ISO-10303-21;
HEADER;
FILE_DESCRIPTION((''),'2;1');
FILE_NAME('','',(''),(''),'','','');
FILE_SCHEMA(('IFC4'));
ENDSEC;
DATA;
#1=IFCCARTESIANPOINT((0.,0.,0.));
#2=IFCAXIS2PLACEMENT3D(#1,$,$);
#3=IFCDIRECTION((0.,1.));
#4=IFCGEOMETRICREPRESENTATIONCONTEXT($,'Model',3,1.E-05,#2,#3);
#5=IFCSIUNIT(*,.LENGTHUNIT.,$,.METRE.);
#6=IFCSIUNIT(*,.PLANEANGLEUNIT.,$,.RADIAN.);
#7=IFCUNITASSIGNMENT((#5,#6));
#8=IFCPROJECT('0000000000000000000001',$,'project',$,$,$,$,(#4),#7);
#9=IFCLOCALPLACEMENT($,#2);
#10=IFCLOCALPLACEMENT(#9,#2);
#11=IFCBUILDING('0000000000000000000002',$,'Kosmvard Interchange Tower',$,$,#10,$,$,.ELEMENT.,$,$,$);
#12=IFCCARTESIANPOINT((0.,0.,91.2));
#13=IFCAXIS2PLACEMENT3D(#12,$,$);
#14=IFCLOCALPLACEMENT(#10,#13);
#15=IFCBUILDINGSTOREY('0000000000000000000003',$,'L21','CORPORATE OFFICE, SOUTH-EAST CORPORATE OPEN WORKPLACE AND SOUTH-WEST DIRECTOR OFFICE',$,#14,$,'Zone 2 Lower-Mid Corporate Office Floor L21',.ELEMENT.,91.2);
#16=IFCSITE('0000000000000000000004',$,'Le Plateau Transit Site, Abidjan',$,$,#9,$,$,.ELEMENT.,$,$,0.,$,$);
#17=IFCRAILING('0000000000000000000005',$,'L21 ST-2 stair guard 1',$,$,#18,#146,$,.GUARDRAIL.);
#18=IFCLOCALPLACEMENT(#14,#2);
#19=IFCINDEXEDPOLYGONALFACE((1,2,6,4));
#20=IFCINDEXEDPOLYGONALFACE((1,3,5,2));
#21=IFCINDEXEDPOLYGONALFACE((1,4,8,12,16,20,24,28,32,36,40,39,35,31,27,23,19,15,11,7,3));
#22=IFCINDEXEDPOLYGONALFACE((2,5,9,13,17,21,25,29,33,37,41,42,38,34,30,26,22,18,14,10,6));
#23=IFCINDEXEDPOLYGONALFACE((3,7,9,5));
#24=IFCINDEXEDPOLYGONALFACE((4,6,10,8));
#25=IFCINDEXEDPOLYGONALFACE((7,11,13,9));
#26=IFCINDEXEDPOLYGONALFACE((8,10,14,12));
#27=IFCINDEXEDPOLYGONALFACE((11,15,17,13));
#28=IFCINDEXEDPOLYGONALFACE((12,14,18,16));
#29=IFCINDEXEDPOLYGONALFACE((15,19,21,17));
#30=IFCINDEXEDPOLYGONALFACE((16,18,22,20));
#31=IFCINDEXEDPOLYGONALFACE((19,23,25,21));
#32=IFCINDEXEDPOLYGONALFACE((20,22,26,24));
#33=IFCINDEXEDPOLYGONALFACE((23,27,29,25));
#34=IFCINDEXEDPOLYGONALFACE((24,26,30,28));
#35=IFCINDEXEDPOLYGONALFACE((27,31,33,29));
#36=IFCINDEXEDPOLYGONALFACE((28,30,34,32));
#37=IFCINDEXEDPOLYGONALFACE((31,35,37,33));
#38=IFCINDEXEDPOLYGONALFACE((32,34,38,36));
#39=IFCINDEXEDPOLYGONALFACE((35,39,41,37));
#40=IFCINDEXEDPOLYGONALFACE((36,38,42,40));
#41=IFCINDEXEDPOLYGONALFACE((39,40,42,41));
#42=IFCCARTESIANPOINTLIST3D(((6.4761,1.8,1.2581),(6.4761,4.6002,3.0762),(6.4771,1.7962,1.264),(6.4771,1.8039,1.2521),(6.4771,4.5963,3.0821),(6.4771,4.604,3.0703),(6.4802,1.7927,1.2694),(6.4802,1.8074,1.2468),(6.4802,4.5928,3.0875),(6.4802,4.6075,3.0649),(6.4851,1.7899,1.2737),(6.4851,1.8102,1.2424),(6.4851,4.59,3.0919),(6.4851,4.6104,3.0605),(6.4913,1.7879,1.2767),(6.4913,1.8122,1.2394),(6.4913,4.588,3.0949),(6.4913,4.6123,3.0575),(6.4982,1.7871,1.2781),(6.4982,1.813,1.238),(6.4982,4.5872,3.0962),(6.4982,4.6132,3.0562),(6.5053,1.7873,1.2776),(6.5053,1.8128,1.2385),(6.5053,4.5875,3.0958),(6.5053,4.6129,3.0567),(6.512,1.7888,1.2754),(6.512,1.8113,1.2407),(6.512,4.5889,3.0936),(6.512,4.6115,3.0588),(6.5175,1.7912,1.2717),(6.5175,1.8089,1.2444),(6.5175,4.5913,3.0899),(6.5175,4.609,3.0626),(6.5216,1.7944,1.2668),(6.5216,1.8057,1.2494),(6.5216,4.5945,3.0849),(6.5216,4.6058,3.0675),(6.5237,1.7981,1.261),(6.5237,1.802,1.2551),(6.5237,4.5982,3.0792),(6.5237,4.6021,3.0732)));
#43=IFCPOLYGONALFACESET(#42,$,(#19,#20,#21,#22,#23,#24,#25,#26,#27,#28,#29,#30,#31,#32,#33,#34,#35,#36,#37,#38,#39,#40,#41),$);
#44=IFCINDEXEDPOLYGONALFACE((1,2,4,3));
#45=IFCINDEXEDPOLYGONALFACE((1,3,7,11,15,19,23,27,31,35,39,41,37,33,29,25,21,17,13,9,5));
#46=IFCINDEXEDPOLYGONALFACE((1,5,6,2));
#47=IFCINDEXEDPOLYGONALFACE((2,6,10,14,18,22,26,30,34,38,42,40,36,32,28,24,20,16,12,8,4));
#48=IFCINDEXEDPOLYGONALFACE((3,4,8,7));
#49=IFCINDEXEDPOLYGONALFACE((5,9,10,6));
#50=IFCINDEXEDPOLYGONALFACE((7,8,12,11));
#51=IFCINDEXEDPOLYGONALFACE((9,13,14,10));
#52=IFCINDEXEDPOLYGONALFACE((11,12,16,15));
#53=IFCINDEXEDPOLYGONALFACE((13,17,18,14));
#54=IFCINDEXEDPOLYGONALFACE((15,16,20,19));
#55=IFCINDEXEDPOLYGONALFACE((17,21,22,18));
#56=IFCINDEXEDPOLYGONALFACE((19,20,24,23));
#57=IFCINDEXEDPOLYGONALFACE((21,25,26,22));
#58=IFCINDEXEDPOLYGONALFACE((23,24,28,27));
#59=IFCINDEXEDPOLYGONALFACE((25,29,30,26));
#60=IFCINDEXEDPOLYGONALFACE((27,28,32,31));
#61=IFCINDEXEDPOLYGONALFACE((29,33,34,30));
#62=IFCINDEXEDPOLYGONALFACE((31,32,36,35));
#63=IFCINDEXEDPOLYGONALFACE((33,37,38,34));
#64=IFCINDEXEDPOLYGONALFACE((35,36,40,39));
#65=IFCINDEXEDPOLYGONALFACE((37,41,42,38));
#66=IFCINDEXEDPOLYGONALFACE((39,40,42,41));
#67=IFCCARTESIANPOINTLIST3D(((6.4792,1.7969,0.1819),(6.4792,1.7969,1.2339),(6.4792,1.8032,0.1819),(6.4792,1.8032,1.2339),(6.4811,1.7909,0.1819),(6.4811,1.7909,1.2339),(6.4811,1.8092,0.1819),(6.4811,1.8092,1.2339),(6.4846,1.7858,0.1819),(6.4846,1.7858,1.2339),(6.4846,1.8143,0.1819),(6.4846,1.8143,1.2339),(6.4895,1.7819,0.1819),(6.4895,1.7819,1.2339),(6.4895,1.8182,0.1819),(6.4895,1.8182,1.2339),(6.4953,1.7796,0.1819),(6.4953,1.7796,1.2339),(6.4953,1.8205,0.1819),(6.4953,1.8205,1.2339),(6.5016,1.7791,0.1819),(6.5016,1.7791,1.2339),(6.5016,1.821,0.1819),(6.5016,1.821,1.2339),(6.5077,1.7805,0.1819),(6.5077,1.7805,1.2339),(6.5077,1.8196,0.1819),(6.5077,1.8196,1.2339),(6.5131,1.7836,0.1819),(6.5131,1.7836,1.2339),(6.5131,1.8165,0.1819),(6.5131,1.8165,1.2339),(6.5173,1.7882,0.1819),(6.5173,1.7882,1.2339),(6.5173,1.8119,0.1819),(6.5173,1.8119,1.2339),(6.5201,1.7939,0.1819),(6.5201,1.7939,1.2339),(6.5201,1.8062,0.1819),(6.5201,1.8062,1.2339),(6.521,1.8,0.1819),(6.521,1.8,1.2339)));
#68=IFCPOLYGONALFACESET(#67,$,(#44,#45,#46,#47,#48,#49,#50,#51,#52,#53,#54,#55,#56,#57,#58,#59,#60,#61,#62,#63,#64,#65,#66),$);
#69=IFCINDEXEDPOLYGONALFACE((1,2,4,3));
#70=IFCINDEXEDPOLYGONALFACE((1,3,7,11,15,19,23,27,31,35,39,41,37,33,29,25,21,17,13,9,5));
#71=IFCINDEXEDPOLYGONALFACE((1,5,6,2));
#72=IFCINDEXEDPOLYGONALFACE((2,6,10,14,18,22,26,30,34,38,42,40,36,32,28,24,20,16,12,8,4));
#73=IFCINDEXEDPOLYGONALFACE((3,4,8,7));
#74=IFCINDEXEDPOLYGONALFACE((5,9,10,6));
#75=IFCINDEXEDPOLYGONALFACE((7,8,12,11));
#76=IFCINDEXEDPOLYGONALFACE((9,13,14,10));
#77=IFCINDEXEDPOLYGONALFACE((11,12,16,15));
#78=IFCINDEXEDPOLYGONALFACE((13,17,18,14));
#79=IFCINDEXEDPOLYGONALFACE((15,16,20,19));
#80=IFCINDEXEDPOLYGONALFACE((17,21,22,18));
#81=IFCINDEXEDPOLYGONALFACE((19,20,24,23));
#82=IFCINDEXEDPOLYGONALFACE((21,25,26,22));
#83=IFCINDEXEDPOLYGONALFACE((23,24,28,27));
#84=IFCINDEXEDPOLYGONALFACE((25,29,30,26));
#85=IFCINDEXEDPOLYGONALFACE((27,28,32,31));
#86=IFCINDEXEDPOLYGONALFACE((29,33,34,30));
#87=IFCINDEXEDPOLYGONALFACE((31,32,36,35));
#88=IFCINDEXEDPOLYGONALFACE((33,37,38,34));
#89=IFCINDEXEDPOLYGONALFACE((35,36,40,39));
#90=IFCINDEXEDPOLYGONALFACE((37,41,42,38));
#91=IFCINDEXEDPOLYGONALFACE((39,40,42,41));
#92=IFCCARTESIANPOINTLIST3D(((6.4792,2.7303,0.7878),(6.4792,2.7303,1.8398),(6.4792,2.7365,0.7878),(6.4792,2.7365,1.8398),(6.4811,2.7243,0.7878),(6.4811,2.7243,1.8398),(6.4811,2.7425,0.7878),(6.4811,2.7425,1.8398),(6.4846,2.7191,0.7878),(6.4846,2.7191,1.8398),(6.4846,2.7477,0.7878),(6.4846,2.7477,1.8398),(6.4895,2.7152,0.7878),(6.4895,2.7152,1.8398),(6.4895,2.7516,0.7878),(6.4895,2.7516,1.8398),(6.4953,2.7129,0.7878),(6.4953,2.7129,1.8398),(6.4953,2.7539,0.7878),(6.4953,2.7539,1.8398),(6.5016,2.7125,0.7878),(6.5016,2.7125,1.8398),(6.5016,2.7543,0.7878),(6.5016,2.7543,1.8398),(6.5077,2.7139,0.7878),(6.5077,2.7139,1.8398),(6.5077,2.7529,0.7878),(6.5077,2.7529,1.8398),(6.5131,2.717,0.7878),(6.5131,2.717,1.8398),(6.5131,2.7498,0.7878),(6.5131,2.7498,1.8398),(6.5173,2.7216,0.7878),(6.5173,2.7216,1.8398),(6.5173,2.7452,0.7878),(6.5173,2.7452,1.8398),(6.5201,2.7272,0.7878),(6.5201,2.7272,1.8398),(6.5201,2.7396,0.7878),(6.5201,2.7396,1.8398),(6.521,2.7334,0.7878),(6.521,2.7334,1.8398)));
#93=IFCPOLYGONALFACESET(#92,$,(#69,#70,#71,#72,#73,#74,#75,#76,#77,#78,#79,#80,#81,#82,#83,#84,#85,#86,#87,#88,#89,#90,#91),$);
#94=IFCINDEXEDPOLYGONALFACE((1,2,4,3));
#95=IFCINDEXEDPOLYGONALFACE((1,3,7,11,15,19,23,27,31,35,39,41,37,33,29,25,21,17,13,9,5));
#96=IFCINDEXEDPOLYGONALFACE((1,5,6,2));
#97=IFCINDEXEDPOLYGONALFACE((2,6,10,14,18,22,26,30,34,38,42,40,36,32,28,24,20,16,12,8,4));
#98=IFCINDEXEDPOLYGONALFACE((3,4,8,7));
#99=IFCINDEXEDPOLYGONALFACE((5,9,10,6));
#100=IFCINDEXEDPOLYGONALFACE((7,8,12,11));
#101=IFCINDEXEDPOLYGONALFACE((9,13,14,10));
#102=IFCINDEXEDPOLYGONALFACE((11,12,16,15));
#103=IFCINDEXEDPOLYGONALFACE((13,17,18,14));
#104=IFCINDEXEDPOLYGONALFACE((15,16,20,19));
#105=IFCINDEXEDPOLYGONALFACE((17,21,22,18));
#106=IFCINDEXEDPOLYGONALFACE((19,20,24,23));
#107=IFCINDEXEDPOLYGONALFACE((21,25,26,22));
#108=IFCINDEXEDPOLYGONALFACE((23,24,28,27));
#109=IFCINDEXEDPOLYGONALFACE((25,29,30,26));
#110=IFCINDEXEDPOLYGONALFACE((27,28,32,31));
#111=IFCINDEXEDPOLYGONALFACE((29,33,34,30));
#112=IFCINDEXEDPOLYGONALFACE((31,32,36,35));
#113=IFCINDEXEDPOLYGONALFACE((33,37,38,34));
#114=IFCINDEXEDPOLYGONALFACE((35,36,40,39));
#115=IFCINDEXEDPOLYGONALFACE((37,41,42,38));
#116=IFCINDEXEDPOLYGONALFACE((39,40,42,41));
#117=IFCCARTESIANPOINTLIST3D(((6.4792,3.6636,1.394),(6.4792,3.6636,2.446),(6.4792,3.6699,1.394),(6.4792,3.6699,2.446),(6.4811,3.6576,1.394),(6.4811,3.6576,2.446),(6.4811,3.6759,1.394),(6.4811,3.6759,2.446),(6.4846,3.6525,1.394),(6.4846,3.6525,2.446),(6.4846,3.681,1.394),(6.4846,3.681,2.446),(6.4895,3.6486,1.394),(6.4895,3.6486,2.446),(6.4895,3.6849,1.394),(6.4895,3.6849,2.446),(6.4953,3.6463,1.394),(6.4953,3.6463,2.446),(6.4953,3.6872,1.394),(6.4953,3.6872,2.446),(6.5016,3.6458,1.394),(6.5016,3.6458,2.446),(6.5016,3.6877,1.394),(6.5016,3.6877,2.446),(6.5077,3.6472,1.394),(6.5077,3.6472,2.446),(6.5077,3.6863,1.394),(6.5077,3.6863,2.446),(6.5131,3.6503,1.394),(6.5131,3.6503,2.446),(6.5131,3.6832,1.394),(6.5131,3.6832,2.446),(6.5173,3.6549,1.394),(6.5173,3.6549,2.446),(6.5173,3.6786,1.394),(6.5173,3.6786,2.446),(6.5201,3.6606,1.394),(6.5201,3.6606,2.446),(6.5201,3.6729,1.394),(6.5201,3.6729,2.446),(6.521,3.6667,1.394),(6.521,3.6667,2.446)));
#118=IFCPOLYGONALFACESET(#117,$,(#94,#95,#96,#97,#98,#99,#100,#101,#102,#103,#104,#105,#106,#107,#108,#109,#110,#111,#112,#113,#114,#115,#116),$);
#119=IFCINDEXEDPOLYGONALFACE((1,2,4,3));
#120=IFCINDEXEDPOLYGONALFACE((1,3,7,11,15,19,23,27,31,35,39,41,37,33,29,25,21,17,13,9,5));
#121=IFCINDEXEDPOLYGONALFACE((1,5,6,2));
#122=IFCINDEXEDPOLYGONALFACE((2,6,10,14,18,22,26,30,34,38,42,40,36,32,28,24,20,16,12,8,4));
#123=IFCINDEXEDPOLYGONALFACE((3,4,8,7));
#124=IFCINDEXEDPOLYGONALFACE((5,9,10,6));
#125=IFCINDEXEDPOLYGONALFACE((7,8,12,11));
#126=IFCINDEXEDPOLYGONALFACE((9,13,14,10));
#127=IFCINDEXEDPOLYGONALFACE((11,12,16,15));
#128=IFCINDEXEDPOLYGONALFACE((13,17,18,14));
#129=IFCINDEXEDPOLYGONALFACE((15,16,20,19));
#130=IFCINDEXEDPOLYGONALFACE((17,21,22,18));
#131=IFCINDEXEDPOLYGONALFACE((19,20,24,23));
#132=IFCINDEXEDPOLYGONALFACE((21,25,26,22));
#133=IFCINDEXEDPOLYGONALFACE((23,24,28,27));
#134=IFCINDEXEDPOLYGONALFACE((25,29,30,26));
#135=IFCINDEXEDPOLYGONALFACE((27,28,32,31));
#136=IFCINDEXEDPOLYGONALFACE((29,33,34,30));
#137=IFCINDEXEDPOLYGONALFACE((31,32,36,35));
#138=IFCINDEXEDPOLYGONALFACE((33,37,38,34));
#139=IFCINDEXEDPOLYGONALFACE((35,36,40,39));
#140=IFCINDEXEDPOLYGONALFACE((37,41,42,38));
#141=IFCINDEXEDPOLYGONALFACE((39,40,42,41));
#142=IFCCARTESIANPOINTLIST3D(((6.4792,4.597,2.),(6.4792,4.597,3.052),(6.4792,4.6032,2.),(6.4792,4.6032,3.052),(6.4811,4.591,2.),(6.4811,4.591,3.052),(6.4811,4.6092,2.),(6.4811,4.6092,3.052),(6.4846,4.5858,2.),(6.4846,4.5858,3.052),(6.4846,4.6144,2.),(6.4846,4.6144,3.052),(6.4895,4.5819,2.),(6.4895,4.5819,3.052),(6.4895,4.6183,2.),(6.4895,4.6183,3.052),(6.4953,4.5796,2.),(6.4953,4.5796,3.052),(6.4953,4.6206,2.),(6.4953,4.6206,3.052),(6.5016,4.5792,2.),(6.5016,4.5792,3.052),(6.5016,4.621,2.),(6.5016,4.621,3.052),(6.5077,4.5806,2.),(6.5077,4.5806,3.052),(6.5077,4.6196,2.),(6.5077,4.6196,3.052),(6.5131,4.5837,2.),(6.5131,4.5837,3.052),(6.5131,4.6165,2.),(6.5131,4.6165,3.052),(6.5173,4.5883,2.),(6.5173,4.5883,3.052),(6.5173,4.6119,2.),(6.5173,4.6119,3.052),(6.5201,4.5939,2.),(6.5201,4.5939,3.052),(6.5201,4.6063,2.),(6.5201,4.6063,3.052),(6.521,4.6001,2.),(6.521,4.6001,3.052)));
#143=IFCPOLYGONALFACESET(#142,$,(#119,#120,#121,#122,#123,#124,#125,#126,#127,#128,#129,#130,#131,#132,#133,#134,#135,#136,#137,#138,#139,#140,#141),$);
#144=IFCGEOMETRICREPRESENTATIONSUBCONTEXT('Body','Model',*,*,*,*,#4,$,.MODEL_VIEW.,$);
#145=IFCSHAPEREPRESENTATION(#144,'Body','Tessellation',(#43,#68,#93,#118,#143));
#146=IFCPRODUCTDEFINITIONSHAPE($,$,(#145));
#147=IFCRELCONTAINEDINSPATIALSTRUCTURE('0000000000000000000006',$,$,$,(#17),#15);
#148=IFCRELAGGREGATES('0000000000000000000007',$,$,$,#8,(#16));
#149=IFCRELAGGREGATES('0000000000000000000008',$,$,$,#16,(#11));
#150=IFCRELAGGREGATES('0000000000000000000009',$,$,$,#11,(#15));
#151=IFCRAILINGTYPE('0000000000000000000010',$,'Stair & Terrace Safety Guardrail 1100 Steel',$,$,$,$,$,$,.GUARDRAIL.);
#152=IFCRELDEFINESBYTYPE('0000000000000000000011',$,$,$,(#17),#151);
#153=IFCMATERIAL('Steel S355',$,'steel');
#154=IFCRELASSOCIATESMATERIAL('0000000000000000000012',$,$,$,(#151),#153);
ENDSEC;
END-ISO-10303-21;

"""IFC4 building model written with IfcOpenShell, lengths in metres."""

from ifc_helpers import new_model, si_unit, direction, frame, origin, origin_2d, place, context, subcontext, project, spatial, circle, extrude, source, transform, mapped, material, type_object, element, save


model = new_model("IFC4")

# Units and contexts
model_context = context("Model", 3, precision=1e-05, world=origin(), true_north=direction((0.0, 1.0)))
body_context = subcontext(model_context, "Body", "Model", "MODEL_VIEW")
ifc_project = project(units=[si_unit("LENGTHUNIT", "METRE"), si_unit("PLANEANGLEUNIT", "RADIAN")], contexts=[model_context])

# Site, building, storey
site_placement = place(None, origin())
site = spatial("IfcSite", under=ifc_project, at=site_placement, Name="Le Plateau Transit Site, Abidjan", CompositionType="ELEMENT", RefElevation=0.0)
building_placement = place(site_placement, origin())
building = spatial("IfcBuilding", under=site, at=building_placement, Name="Kosmvard Interchange Tower", CompositionType="ELEMENT")
storey_placement = place(building_placement, frame((0.0, 0.0, 91.2)))
storey = spatial("IfcBuildingStorey", under=building, at=storey_placement, Name="L21", Description="CORPORATE OFFICE, SOUTH-EAST CORPORATE OPEN WORKPLACE AND SOUTH-WEST DIRECTOR OFFICE", LongName="Zone 2 Lower-Mid Corporate Office Floor L21", CompositionType="ELEMENT", Elevation=91.2)

# Shared definitions
ifc_material_1 = material(Name="Steel S355", Category="steel")

# Railing
railing_type_1 = type_object("IfcRailingType", Name="Stair & Terrace Safety Guardrail 1100 Steel", PredefinedType="GUARDRAIL", material=ifc_material_1)
shared_shape_1 = source(origin(), body_context, "Body", "SweptSolid", [
    extrude(circle(Radius=0.0239, at=origin_2d()), frame((0.0, 0.0, 1.0762), z_axis=(0.0, 0.838706, 0.544585), x_axis=(-1.0, 0.0, 0.0)), (0.0, 0.0, 1.0), 3.3386),
    extrude(circle(Radius=0.021, at=origin_2d()), origin(), (0.0, 0.0, 1.0), 1.052),
    extrude(circle(Radius=0.021, at=origin_2d()), frame((0.0, 0.9333, 0.606)), (0.0, 0.0, 1.0), 1.052),
    extrude(circle(Radius=0.021, at=origin_2d()), frame((0.0, 1.8667, 1.2122)), (0.0, 0.0, 1.0), 1.052),
    extrude(circle(Radius=0.021, at=origin_2d()), frame((0.0, 2.8, 1.8181)), (0.0, 0.0, 1.0), 1.052),
])
railing_1_placement = place(storey_placement, frame((6.5, 1.8, 0.1819)))
element("IfcRailing", 1, at=railing_1_placement, inside=storey, type_object=railing_type_1, Name="L21 ST-2 stair guard 1", PredefinedType="GUARDRAIL", context=body_context, shape_type="MappedRepresentation", body=[
    mapped(shared_shape_1, transform((0.0, 0.0, 0.0), scale=1.0)),
])

save(model, "model.ifc")
